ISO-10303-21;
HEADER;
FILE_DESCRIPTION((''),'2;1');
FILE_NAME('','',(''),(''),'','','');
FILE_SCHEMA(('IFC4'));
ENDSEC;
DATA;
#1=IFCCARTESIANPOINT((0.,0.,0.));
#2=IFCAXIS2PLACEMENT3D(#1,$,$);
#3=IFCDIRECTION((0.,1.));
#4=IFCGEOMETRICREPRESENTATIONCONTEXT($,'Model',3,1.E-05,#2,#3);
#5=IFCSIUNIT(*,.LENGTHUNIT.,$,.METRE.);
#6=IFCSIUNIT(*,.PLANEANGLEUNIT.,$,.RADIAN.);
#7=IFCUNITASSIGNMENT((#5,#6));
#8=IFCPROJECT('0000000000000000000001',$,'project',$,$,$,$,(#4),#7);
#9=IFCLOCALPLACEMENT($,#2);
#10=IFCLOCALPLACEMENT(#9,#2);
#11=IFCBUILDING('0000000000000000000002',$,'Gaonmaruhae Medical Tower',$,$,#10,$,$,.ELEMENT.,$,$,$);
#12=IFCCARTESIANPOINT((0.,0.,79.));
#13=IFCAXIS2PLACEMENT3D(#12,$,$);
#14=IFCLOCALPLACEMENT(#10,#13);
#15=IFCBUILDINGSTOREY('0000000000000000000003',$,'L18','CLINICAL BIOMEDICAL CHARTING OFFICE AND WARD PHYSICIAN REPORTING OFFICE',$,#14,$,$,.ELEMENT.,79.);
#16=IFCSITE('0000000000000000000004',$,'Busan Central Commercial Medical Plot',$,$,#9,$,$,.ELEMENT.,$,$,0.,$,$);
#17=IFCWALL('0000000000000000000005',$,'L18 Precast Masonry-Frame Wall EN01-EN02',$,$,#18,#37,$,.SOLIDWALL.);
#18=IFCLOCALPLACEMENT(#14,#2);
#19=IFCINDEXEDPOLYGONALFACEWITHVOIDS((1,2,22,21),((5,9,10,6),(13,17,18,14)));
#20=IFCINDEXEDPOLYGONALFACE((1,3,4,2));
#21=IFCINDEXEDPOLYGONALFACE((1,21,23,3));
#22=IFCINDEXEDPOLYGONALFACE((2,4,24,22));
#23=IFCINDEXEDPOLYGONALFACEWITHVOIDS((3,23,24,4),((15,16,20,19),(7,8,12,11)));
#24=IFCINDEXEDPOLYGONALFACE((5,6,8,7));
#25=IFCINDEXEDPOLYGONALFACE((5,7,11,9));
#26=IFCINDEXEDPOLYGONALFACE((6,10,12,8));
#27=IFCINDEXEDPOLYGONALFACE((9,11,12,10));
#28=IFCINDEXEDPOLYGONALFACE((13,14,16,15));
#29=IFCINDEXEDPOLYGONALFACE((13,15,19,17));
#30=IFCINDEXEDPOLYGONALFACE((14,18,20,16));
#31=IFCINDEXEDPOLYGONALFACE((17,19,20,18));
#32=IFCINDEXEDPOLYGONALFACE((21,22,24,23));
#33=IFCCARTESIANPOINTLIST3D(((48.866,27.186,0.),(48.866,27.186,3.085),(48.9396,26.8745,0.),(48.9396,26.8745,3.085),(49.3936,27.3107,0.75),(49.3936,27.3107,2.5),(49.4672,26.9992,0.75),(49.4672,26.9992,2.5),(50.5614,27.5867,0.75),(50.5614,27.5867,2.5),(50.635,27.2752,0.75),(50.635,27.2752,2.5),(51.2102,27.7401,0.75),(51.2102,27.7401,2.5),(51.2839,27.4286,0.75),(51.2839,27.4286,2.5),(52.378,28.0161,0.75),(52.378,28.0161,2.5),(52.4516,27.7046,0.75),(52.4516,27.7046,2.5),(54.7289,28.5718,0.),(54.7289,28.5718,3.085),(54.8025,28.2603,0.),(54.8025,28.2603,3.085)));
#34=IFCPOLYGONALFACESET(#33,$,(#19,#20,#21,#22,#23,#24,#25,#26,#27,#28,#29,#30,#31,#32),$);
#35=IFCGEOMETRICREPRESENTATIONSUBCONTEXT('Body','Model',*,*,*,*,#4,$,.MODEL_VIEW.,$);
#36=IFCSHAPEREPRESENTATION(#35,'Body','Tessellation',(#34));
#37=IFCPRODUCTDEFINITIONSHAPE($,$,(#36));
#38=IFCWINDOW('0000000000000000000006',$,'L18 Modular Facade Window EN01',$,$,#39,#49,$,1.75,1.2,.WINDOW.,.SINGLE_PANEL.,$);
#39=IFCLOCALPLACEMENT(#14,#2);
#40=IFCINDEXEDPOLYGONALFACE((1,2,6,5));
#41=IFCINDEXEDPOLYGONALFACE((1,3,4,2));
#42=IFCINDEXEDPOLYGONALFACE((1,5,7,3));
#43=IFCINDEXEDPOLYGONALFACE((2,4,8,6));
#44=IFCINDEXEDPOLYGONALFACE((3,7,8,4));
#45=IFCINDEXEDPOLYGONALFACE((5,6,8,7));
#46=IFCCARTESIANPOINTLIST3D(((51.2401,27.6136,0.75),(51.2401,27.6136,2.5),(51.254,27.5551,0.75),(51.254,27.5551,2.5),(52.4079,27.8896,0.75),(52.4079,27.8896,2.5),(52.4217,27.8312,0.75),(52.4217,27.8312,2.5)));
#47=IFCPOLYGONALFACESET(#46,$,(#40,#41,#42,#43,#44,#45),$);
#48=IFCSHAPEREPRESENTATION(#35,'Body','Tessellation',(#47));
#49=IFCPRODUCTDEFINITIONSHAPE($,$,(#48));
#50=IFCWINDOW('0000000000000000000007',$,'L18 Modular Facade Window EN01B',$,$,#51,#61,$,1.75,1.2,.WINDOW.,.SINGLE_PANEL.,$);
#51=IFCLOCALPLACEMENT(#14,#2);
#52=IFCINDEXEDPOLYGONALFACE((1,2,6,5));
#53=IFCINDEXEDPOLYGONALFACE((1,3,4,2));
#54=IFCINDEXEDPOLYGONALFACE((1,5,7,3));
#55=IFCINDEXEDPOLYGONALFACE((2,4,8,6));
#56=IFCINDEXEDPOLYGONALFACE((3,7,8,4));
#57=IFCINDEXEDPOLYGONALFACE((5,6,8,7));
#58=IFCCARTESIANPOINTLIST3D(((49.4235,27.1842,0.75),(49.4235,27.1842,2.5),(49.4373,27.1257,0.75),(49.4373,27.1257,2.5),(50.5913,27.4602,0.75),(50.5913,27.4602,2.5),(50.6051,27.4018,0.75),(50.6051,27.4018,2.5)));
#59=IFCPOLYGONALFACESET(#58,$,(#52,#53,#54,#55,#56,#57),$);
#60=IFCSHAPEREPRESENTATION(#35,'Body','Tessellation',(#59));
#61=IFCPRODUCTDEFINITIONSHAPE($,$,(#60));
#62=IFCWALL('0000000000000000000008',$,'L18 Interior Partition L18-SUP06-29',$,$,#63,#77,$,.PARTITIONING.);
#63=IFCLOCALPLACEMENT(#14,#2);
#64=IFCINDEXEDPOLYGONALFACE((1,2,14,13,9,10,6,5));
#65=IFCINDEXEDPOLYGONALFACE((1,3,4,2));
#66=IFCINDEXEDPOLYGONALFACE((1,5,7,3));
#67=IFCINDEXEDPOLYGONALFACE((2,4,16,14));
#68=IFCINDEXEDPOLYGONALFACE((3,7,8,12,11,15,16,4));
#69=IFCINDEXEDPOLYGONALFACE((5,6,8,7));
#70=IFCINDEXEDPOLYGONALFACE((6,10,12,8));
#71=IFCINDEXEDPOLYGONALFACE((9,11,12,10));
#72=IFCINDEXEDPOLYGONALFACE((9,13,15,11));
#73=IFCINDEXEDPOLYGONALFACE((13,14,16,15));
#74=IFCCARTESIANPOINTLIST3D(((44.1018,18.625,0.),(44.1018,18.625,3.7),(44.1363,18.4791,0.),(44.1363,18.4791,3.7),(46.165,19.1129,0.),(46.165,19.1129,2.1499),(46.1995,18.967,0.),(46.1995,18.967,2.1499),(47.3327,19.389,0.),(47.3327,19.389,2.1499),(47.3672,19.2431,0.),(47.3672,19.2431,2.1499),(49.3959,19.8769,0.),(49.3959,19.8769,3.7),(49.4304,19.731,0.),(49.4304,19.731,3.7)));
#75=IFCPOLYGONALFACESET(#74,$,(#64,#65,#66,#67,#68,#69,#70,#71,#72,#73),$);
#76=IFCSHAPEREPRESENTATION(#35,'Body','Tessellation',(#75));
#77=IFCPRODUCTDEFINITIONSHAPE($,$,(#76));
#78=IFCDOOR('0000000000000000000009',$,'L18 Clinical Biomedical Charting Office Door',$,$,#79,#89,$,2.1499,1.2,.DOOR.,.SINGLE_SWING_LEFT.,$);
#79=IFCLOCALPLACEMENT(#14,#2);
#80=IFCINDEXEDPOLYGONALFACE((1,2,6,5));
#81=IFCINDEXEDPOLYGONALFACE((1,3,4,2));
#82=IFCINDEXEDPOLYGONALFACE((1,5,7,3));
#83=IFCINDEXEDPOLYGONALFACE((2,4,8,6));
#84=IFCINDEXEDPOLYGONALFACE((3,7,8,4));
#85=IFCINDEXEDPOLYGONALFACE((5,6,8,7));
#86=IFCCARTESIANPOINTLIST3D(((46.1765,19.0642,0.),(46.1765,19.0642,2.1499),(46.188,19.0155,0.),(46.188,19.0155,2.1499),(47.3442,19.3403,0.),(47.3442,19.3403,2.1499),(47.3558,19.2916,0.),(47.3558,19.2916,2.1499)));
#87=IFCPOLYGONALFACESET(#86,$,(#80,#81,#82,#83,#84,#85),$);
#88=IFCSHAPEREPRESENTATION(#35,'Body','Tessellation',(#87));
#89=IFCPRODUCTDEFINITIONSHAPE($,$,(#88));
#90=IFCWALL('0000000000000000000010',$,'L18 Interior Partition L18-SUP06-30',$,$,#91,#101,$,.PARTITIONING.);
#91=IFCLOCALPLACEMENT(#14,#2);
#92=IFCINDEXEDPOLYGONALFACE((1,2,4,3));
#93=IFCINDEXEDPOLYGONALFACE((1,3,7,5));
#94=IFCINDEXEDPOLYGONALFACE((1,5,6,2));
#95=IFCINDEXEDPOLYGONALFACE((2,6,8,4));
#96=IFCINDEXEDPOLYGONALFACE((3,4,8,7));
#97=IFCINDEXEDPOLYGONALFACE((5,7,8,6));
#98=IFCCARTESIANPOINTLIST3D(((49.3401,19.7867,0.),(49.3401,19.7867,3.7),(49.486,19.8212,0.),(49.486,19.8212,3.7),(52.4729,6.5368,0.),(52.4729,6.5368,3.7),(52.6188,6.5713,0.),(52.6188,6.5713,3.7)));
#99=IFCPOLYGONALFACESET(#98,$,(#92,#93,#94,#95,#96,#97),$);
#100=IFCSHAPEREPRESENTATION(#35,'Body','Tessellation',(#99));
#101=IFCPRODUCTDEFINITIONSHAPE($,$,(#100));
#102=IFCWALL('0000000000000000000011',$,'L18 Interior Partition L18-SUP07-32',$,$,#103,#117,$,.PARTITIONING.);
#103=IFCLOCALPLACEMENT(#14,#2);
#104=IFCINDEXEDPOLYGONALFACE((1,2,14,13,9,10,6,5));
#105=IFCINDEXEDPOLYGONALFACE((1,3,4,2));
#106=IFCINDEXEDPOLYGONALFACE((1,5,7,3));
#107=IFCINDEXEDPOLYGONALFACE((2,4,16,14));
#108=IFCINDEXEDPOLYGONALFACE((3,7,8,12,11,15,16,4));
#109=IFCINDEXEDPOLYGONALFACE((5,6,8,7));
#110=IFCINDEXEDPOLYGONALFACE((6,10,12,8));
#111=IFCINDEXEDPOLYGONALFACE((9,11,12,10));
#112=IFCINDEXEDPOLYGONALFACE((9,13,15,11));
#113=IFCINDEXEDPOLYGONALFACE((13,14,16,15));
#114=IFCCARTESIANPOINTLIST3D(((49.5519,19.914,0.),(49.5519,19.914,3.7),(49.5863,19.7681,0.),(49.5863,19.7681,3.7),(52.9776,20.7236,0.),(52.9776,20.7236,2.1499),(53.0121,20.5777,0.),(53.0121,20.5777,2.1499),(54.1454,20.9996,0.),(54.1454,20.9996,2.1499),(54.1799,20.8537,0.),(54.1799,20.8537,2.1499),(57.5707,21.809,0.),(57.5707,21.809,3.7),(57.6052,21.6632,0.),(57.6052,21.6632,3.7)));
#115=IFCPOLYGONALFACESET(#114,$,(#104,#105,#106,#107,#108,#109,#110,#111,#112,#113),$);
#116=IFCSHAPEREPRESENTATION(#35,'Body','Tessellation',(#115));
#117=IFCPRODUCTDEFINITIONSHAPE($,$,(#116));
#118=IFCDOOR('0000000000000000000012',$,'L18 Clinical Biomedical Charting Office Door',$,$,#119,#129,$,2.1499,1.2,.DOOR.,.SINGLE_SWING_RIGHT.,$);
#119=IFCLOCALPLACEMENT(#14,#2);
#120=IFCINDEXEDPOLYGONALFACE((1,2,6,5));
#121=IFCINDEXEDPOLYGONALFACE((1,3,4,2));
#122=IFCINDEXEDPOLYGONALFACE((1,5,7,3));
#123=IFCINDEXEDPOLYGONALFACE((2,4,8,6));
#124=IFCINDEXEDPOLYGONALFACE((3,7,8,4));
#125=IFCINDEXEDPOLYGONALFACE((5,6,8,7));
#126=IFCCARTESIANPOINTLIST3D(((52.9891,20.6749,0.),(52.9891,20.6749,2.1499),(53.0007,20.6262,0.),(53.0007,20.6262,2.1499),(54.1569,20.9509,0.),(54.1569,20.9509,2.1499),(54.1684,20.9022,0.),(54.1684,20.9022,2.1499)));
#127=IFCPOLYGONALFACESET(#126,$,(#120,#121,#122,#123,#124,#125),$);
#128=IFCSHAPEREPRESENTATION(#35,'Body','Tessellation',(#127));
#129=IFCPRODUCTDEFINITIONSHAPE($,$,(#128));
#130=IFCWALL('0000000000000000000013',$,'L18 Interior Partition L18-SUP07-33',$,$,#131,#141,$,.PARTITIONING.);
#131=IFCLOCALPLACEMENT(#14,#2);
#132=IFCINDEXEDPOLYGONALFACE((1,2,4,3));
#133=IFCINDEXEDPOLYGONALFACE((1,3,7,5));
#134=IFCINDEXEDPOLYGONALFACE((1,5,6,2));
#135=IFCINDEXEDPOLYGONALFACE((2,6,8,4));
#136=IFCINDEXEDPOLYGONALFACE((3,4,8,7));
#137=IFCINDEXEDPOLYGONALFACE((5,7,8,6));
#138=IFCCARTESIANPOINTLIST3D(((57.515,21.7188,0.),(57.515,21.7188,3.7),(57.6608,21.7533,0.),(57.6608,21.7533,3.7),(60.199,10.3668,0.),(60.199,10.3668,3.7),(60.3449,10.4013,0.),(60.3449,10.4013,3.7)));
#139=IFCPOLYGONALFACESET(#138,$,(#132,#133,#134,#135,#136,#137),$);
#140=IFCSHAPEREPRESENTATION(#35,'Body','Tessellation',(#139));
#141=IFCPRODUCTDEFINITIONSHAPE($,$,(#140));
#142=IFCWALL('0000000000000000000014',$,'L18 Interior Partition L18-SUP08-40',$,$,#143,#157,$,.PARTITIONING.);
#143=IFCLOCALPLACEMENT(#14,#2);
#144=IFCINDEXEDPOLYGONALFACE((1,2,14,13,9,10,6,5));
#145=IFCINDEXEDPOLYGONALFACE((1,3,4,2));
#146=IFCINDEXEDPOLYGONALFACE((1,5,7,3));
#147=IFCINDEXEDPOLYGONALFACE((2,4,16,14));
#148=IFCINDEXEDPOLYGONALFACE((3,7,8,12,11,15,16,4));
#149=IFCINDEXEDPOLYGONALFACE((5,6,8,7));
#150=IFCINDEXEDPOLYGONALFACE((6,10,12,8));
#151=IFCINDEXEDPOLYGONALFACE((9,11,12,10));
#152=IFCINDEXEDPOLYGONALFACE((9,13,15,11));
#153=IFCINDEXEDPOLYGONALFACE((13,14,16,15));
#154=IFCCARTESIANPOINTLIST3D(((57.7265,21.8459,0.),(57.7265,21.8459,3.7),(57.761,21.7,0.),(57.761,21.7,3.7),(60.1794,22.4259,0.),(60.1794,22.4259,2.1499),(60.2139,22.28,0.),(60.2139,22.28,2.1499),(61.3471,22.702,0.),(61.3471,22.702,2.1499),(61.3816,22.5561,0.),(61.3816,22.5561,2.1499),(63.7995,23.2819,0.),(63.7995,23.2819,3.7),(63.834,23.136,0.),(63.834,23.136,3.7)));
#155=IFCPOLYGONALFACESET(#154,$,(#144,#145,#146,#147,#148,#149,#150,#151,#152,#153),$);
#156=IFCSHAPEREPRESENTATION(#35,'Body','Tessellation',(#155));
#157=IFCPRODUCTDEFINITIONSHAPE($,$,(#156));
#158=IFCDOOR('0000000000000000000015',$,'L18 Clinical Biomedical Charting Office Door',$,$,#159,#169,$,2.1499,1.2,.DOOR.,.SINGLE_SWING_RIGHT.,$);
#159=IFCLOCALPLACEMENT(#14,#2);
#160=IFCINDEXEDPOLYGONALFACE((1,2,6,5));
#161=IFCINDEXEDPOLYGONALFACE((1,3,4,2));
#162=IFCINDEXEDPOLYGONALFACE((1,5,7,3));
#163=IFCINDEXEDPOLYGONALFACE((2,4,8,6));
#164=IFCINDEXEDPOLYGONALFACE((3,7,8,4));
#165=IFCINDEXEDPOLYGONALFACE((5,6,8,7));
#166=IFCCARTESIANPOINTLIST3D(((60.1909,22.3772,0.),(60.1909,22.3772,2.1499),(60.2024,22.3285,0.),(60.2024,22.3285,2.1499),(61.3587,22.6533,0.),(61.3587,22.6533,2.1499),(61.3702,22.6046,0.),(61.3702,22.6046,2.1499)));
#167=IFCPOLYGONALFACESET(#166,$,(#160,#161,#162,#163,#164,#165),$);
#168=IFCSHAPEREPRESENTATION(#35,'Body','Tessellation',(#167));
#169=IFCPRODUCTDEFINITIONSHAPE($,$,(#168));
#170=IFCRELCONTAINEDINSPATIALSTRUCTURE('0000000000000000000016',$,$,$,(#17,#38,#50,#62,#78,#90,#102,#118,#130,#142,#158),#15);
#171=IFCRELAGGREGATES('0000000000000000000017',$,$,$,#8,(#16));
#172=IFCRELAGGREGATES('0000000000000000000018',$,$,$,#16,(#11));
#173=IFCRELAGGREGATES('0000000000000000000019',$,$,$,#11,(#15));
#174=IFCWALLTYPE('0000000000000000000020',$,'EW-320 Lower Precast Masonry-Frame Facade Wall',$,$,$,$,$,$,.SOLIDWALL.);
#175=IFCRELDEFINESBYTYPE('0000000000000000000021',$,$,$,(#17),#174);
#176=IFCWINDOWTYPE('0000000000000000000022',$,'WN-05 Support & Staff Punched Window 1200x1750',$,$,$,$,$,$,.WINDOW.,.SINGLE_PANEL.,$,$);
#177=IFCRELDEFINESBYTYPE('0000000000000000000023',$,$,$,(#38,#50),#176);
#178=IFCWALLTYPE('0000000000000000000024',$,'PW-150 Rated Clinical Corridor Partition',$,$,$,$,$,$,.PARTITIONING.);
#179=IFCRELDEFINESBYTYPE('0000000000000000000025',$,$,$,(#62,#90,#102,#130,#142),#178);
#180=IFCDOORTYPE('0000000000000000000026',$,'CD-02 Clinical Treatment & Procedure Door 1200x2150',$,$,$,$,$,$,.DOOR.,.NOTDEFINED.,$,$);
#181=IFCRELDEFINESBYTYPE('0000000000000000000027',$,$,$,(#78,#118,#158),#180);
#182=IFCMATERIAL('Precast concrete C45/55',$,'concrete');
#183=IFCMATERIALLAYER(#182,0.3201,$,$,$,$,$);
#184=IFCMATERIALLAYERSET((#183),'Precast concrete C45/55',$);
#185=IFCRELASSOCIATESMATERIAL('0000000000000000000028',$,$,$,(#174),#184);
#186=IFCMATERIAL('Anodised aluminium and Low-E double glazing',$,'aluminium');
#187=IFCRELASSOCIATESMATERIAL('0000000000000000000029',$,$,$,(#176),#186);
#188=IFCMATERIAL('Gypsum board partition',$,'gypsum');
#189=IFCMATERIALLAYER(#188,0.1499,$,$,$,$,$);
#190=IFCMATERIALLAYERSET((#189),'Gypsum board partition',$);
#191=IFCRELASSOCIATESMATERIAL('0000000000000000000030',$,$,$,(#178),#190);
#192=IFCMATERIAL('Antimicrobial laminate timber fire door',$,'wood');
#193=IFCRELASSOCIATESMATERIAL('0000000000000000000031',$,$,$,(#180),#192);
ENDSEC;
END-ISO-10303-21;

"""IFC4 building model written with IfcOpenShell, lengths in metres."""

from ifc_helpers import new_model, si_unit, direction, frame, frame_2d, origin, place, context, subcontext, project, spatial, rectangle, extrude, material, layer, layer_set, type_object, element, fill, save


model = new_model("IFC4")

# Units and contexts
model_context = context("Model", 3, precision=1e-05, world=origin(), true_north=direction((0.0, 1.0)))
body_context = subcontext(model_context, "Body", "Model", "MODEL_VIEW")
ifc_project = project(units=[si_unit("LENGTHUNIT", "METRE"), si_unit("PLANEANGLEUNIT", "RADIAN")], contexts=[model_context])

# Site, building, storey
site_placement = place(None, origin())
site = spatial("IfcSite", under=ifc_project, at=site_placement, Name="Busan Central Commercial Medical Plot", CompositionType="ELEMENT", RefElevation=0.0)
building_placement = place(site_placement, origin())
building = spatial("IfcBuilding", under=site, at=building_placement, Name="Gaonmaruhae Medical Tower", CompositionType="ELEMENT")
storey_placement = place(building_placement, frame((0.0, 0.0, 79.0)))
storey = spatial("IfcBuildingStorey", under=building, at=storey_placement, Name="L18", Description="CLINICAL BIOMEDICAL CHARTING OFFICE AND WARD PHYSICIAN REPORTING OFFICE", CompositionType="ELEMENT", Elevation=79.0)

# Shared definitions
ifc_material_1 = material(Name="Precast concrete C45/55", Category="concrete")
ifc_layer_1 = layer(ifc_material_1, 0.3201)
ifc_layer_set_1 = layer_set([ifc_layer_1], Name="Precast concrete C45/55")
wall_type_1 = type_object("IfcWallType", Name="EW-320 Lower Precast Masonry-Frame Facade Wall", PredefinedType="SOLIDWALL", material=ifc_layer_set_1)
ifc_material_2 = material(Name="Anodised aluminium and Low-E double glazing", Category="aluminium")

# Wall, openings, windows
wall_1_placement = place(storey_placement, frame((48.9028, 27.0303, 0.0), z_axis=(0.0, 0.0, 1.0), x_axis=(0.973185, 0.230024, 0.0)))
wall_1 = element("IfcWall", 1, at=wall_1_placement, inside=storey, type_object=wall_type_1, Name="L18 Precast Masonry-Frame Wall EN01-EN02", PredefinedType="SOLIDWALL", context=body_context, shape_type="SweptSolid", body=[
    extrude(rectangle(XDim=6.0244, YDim=0.3201, at=frame_2d((3.0122, 0.0))), origin(), (0.0, 0.0, 1.0), 3.085),
])
opening_1_placement = place(wall_1_placement, frame((2.4087, 0.0, 0.75)))
opening_1 = element("IfcOpeningElement", 2, at=opening_1_placement, cuts=wall_1, PredefinedType="OPENING", context=body_context, shape_type="SweptSolid", body=[
    extrude(rectangle(XDim=1.2, YDim=1.75, at=frame_2d((0.6001, 0.875))), frame((0.0, 0.1699, 0.0), z_axis=(0.0, -1.0, 0.0), x_axis=(1.0, 0.0, 0.0)), (0.0, 0.0, 1.0), 0.3401),
])
opening_2_placement = place(wall_1_placement, frame((0.542, 0.0, 0.75)))
opening_2 = element("IfcOpeningElement", 3, at=opening_2_placement, cuts=wall_1, PredefinedType="OPENING", context=body_context, shape_type="SweptSolid", body=[
    extrude(rectangle(XDim=1.2, YDim=1.75, at=frame_2d((0.6001, 0.875))), frame((0.0, 0.1699, 0.0), z_axis=(0.0, -1.0, 0.0), x_axis=(1.0, 0.0, 0.0)), (0.0, 0.0, 1.0), 0.3401),
])
window_type_1 = type_object("IfcWindowType", Name="WN-05 Support & Staff Punched Window 1200x1750", PartitioningType="SINGLE_PANEL", PredefinedType="WINDOW", material=ifc_material_2)
window_1_placement = place(opening_1_placement, origin())
window_1 = element("IfcWindow", 4, at=window_1_placement, inside=storey, type_object=window_type_1, Name="L18 Modular Facade Window EN01", OverallHeight=1.75, OverallWidth=1.2, PartitioningType="SINGLE_PANEL", PredefinedType="WINDOW", context=body_context, shape_type="SweptSolid", body=[
    extrude(rectangle(XDim=1.2, YDim=1.75, at=frame_2d((0.6001, 0.875))), frame((0.0, 0.03, 0.0), z_axis=(0.0, -1.0, 0.0), x_axis=(1.0, 0.0, 0.0)), (0.0, 0.0, 1.0), 0.0601),
])
fill(opening_1, window_1)
window_2_placement = place(opening_2_placement, origin())
window_2 = element("IfcWindow", 5, at=window_2_placement, inside=storey, type_object=window_type_1, Name="L18 Modular Facade Window EN01B", OverallHeight=1.75, OverallWidth=1.2, PartitioningType="SINGLE_PANEL", PredefinedType="WINDOW", context=body_context, shape_type="SweptSolid", body=[
    extrude(rectangle(XDim=1.2, YDim=1.75, at=frame_2d((0.6001, 0.875))), frame((0.0, 0.03, 0.0), z_axis=(0.0, -1.0, 0.0), x_axis=(1.0, 0.0, 0.0)), (0.0, 0.0, 1.0), 0.0601),
])
fill(opening_2, window_2)

# Wall, opening, door
ifc_material_3 = material(Name="Gypsum board partition", Category="gypsum")
ifc_layer_2 = layer(ifc_material_3, 0.1499)
ifc_layer_set_2 = layer_set([ifc_layer_2], Name="Gypsum board partition")
wall_type_2 = type_object("IfcWallType", Name="PW-150 Rated Clinical Corridor Partition", PredefinedType="PARTITIONING", material=ifc_layer_set_2)
wall_2_placement = place(storey_placement, frame((44.1189, 18.552, 0.0), z_axis=(0.0, 0.0, 1.0), x_axis=(0.97316, 0.23013, 0.0)))
wall_2 = element("IfcWall", 6, at=wall_2_placement, inside=storey, type_object=wall_type_2, Name="L18 Interior Partition L18-SUP06-29", PredefinedType="PARTITIONING", context=body_context, shape_type="SweptSolid", body=[
    extrude(rectangle(XDim=5.4402, YDim=0.1499, at=frame_2d((2.7202, 0.0))), origin(), (0.0, 0.0, 1.0), 3.7),
])
opening_3_placement = place(wall_2_placement, frame((2.1201, 0.0, 0.0)))
opening_3 = element("IfcOpeningElement", 7, at=opening_3_placement, cuts=wall_2, PredefinedType="OPENING", context=body_context, shape_type="SweptSolid", body=[
    extrude(rectangle(XDim=1.2, YDim=2.1499, at=frame_2d((0.6001, 1.075))), frame((0.0, 0.085, 0.0), z_axis=(0.0, -1.0, 0.0), x_axis=(1.0, 0.0, 0.0)), (0.0, 0.0, 1.0), 0.1699),
])
ifc_material_4 = material(Name="Antimicrobial laminate timber fire door", Category="wood")
door_type = type_object("IfcDoorType", Name="CD-02 Clinical Treatment & Procedure Door 1200x2150", OperationType="NOTDEFINED", PredefinedType="DOOR", material=ifc_material_4)
door_1_placement = place(opening_3_placement, origin())
door_1 = element("IfcDoor", 8, at=door_1_placement, inside=storey, type_object=door_type, Name="L18 Clinical Biomedical Charting Office Door", OperationType="SINGLE_SWING_LEFT", OverallHeight=2.1499, OverallWidth=1.2, PredefinedType="DOOR", context=body_context, shape_type="SweptSolid", body=[
    extrude(rectangle(XDim=1.2, YDim=2.1499, at=frame_2d((0.6001, 1.075))), frame((0.0, 0.0249, 0.0), z_axis=(0.0, -1.0, 0.0), x_axis=(1.0, 0.0, 0.0)), (0.0, 0.0, 1.0), 0.05),
])
fill(opening_3, door_1)

# Wall
wall_3_placement = place(storey_placement, frame((49.4131, 19.804, 0.0), z_axis=(0.0, 0.0, 1.0), x_axis=(0.230095, -0.973168, 0.0)))
element("IfcWall", 9, at=wall_3_placement, inside=storey, type_object=wall_type_2, Name="L18 Interior Partition L18-SUP06-30", PredefinedType="PARTITIONING", context=body_context, shape_type="SweptSolid", body=[
    extrude(rectangle(XDim=13.6152, YDim=0.1499, at=frame_2d((6.8076, 0.0))), origin(), (0.0, 0.0, 1.0), 3.7),
])

# Wall, opening, door
wall_4_placement = place(storey_placement, frame((49.5691, 19.8411, 0.0), z_axis=(0.0, 0.0, 1.0), x_axis=(0.973194, 0.229987, 0.0)))
wall_4 = element("IfcWall", 10, at=wall_4_placement, inside=storey, type_object=wall_type_2, Name="L18 Interior Partition L18-SUP07-32", PredefinedType="PARTITIONING", context=body_context, shape_type="SweptSolid", body=[
    extrude(rectangle(XDim=8.2397, YDim=0.1499, at=frame_2d((4.1199, 0.0))), origin(), (0.0, 0.0, 1.0), 3.7),
])
opening_4_placement = place(wall_4_placement, frame((3.52, 0.0, 0.0)))
opening_4 = element("IfcOpeningElement", 11, at=opening_4_placement, cuts=wall_4, PredefinedType="OPENING", context=body_context, shape_type="SweptSolid", body=[
    extrude(rectangle(XDim=1.2, YDim=2.1499, at=frame_2d((0.6001, 1.075))), frame((0.0, 0.085, 0.0), z_axis=(0.0, -1.0, 0.0), x_axis=(1.0, 0.0, 0.0)), (0.0, 0.0, 1.0), 0.1699),
])
door_2_placement = place(opening_4_placement, origin())
door_2 = element("IfcDoor", 12, at=door_2_placement, inside=storey, type_object=door_type, Name="L18 Clinical Biomedical Charting Office Door", OperationType="SINGLE_SWING_RIGHT", OverallHeight=2.1499, OverallWidth=1.2, PredefinedType="DOOR", context=body_context, shape_type="SweptSolid", body=[
    extrude(rectangle(XDim=1.2, YDim=2.1499, at=frame_2d((0.6001, 1.075))), frame((0.0, 0.0249, 0.0), z_axis=(0.0, -1.0, 0.0), x_axis=(1.0, 0.0, 0.0)), (0.0, 0.0, 1.0), 0.05),
])
fill(opening_4, door_2)

# Wall
wall_5_placement = place(storey_placement, frame((57.5879, 21.7361, 0.0), z_axis=(0.0, 0.0, 1.0), x_axis=(0.230096, -0.973168, 0.0)))
element("IfcWall", 13, at=wall_5_placement, inside=storey, type_object=wall_type_2, Name="L18 Interior Partition L18-SUP07-33", PredefinedType="PARTITIONING", context=body_context, shape_type="SweptSolid", body=[
    extrude(rectangle(XDim=11.665, YDim=0.1499, at=frame_2d((5.8325, 0.0))), origin(), (0.0, 0.0, 1.0), 3.7),
])

# Wall, opening, door
wall_6_placement = place(storey_placement, frame((57.7439, 21.7729, 0.0), z_axis=(0.0, 0.0, 1.0), x_axis=(0.973163, 0.230116, 0.0)))
wall_6 = element("IfcWall", 14, at=wall_6_placement, inside=storey, type_object=wall_type_2, Name="L18 Interior Partition L18-SUP08-40", PredefinedType="PARTITIONING", context=body_context, shape_type="SweptSolid", body=[
    extrude(rectangle(XDim=6.2405, YDim=0.1499, at=frame_2d((3.1201, 0.0))), origin(), (0.0, 0.0, 1.0), 3.7),
])
opening_5_placement = place(wall_6_placement, frame((2.5203, 0.0, 0.0)))
opening_5 = element("IfcOpeningElement", 15, at=opening_5_placement, cuts=wall_6, PredefinedType="OPENING", context=body_context, shape_type="SweptSolid", body=[
    extrude(rectangle(XDim=1.2, YDim=2.1499, at=frame_2d((0.6001, 1.075))), frame((0.0, 0.085, 0.0), z_axis=(0.0, -1.0, 0.0), x_axis=(1.0, 0.0, 0.0)), (0.0, 0.0, 1.0), 0.1699),
])
door_3_placement = place(opening_5_placement, origin())
door_3 = element("IfcDoor", 16, at=door_3_placement, inside=storey, type_object=door_type, Name="L18 Clinical Biomedical Charting Office Door", OperationType="SINGLE_SWING_RIGHT", OverallHeight=2.1499, OverallWidth=1.2, PredefinedType="DOOR", context=body_context, shape_type="SweptSolid", body=[
    extrude(rectangle(XDim=1.2, YDim=2.1499, at=frame_2d((0.6001, 1.075))), frame((0.0, 0.0249, 0.0), z_axis=(0.0, -1.0, 0.0), x_axis=(1.0, 0.0, 0.0)), (0.0, 0.0, 1.0), 0.05),
])
fill(opening_5, door_3)

save(model, "model.ifc")
